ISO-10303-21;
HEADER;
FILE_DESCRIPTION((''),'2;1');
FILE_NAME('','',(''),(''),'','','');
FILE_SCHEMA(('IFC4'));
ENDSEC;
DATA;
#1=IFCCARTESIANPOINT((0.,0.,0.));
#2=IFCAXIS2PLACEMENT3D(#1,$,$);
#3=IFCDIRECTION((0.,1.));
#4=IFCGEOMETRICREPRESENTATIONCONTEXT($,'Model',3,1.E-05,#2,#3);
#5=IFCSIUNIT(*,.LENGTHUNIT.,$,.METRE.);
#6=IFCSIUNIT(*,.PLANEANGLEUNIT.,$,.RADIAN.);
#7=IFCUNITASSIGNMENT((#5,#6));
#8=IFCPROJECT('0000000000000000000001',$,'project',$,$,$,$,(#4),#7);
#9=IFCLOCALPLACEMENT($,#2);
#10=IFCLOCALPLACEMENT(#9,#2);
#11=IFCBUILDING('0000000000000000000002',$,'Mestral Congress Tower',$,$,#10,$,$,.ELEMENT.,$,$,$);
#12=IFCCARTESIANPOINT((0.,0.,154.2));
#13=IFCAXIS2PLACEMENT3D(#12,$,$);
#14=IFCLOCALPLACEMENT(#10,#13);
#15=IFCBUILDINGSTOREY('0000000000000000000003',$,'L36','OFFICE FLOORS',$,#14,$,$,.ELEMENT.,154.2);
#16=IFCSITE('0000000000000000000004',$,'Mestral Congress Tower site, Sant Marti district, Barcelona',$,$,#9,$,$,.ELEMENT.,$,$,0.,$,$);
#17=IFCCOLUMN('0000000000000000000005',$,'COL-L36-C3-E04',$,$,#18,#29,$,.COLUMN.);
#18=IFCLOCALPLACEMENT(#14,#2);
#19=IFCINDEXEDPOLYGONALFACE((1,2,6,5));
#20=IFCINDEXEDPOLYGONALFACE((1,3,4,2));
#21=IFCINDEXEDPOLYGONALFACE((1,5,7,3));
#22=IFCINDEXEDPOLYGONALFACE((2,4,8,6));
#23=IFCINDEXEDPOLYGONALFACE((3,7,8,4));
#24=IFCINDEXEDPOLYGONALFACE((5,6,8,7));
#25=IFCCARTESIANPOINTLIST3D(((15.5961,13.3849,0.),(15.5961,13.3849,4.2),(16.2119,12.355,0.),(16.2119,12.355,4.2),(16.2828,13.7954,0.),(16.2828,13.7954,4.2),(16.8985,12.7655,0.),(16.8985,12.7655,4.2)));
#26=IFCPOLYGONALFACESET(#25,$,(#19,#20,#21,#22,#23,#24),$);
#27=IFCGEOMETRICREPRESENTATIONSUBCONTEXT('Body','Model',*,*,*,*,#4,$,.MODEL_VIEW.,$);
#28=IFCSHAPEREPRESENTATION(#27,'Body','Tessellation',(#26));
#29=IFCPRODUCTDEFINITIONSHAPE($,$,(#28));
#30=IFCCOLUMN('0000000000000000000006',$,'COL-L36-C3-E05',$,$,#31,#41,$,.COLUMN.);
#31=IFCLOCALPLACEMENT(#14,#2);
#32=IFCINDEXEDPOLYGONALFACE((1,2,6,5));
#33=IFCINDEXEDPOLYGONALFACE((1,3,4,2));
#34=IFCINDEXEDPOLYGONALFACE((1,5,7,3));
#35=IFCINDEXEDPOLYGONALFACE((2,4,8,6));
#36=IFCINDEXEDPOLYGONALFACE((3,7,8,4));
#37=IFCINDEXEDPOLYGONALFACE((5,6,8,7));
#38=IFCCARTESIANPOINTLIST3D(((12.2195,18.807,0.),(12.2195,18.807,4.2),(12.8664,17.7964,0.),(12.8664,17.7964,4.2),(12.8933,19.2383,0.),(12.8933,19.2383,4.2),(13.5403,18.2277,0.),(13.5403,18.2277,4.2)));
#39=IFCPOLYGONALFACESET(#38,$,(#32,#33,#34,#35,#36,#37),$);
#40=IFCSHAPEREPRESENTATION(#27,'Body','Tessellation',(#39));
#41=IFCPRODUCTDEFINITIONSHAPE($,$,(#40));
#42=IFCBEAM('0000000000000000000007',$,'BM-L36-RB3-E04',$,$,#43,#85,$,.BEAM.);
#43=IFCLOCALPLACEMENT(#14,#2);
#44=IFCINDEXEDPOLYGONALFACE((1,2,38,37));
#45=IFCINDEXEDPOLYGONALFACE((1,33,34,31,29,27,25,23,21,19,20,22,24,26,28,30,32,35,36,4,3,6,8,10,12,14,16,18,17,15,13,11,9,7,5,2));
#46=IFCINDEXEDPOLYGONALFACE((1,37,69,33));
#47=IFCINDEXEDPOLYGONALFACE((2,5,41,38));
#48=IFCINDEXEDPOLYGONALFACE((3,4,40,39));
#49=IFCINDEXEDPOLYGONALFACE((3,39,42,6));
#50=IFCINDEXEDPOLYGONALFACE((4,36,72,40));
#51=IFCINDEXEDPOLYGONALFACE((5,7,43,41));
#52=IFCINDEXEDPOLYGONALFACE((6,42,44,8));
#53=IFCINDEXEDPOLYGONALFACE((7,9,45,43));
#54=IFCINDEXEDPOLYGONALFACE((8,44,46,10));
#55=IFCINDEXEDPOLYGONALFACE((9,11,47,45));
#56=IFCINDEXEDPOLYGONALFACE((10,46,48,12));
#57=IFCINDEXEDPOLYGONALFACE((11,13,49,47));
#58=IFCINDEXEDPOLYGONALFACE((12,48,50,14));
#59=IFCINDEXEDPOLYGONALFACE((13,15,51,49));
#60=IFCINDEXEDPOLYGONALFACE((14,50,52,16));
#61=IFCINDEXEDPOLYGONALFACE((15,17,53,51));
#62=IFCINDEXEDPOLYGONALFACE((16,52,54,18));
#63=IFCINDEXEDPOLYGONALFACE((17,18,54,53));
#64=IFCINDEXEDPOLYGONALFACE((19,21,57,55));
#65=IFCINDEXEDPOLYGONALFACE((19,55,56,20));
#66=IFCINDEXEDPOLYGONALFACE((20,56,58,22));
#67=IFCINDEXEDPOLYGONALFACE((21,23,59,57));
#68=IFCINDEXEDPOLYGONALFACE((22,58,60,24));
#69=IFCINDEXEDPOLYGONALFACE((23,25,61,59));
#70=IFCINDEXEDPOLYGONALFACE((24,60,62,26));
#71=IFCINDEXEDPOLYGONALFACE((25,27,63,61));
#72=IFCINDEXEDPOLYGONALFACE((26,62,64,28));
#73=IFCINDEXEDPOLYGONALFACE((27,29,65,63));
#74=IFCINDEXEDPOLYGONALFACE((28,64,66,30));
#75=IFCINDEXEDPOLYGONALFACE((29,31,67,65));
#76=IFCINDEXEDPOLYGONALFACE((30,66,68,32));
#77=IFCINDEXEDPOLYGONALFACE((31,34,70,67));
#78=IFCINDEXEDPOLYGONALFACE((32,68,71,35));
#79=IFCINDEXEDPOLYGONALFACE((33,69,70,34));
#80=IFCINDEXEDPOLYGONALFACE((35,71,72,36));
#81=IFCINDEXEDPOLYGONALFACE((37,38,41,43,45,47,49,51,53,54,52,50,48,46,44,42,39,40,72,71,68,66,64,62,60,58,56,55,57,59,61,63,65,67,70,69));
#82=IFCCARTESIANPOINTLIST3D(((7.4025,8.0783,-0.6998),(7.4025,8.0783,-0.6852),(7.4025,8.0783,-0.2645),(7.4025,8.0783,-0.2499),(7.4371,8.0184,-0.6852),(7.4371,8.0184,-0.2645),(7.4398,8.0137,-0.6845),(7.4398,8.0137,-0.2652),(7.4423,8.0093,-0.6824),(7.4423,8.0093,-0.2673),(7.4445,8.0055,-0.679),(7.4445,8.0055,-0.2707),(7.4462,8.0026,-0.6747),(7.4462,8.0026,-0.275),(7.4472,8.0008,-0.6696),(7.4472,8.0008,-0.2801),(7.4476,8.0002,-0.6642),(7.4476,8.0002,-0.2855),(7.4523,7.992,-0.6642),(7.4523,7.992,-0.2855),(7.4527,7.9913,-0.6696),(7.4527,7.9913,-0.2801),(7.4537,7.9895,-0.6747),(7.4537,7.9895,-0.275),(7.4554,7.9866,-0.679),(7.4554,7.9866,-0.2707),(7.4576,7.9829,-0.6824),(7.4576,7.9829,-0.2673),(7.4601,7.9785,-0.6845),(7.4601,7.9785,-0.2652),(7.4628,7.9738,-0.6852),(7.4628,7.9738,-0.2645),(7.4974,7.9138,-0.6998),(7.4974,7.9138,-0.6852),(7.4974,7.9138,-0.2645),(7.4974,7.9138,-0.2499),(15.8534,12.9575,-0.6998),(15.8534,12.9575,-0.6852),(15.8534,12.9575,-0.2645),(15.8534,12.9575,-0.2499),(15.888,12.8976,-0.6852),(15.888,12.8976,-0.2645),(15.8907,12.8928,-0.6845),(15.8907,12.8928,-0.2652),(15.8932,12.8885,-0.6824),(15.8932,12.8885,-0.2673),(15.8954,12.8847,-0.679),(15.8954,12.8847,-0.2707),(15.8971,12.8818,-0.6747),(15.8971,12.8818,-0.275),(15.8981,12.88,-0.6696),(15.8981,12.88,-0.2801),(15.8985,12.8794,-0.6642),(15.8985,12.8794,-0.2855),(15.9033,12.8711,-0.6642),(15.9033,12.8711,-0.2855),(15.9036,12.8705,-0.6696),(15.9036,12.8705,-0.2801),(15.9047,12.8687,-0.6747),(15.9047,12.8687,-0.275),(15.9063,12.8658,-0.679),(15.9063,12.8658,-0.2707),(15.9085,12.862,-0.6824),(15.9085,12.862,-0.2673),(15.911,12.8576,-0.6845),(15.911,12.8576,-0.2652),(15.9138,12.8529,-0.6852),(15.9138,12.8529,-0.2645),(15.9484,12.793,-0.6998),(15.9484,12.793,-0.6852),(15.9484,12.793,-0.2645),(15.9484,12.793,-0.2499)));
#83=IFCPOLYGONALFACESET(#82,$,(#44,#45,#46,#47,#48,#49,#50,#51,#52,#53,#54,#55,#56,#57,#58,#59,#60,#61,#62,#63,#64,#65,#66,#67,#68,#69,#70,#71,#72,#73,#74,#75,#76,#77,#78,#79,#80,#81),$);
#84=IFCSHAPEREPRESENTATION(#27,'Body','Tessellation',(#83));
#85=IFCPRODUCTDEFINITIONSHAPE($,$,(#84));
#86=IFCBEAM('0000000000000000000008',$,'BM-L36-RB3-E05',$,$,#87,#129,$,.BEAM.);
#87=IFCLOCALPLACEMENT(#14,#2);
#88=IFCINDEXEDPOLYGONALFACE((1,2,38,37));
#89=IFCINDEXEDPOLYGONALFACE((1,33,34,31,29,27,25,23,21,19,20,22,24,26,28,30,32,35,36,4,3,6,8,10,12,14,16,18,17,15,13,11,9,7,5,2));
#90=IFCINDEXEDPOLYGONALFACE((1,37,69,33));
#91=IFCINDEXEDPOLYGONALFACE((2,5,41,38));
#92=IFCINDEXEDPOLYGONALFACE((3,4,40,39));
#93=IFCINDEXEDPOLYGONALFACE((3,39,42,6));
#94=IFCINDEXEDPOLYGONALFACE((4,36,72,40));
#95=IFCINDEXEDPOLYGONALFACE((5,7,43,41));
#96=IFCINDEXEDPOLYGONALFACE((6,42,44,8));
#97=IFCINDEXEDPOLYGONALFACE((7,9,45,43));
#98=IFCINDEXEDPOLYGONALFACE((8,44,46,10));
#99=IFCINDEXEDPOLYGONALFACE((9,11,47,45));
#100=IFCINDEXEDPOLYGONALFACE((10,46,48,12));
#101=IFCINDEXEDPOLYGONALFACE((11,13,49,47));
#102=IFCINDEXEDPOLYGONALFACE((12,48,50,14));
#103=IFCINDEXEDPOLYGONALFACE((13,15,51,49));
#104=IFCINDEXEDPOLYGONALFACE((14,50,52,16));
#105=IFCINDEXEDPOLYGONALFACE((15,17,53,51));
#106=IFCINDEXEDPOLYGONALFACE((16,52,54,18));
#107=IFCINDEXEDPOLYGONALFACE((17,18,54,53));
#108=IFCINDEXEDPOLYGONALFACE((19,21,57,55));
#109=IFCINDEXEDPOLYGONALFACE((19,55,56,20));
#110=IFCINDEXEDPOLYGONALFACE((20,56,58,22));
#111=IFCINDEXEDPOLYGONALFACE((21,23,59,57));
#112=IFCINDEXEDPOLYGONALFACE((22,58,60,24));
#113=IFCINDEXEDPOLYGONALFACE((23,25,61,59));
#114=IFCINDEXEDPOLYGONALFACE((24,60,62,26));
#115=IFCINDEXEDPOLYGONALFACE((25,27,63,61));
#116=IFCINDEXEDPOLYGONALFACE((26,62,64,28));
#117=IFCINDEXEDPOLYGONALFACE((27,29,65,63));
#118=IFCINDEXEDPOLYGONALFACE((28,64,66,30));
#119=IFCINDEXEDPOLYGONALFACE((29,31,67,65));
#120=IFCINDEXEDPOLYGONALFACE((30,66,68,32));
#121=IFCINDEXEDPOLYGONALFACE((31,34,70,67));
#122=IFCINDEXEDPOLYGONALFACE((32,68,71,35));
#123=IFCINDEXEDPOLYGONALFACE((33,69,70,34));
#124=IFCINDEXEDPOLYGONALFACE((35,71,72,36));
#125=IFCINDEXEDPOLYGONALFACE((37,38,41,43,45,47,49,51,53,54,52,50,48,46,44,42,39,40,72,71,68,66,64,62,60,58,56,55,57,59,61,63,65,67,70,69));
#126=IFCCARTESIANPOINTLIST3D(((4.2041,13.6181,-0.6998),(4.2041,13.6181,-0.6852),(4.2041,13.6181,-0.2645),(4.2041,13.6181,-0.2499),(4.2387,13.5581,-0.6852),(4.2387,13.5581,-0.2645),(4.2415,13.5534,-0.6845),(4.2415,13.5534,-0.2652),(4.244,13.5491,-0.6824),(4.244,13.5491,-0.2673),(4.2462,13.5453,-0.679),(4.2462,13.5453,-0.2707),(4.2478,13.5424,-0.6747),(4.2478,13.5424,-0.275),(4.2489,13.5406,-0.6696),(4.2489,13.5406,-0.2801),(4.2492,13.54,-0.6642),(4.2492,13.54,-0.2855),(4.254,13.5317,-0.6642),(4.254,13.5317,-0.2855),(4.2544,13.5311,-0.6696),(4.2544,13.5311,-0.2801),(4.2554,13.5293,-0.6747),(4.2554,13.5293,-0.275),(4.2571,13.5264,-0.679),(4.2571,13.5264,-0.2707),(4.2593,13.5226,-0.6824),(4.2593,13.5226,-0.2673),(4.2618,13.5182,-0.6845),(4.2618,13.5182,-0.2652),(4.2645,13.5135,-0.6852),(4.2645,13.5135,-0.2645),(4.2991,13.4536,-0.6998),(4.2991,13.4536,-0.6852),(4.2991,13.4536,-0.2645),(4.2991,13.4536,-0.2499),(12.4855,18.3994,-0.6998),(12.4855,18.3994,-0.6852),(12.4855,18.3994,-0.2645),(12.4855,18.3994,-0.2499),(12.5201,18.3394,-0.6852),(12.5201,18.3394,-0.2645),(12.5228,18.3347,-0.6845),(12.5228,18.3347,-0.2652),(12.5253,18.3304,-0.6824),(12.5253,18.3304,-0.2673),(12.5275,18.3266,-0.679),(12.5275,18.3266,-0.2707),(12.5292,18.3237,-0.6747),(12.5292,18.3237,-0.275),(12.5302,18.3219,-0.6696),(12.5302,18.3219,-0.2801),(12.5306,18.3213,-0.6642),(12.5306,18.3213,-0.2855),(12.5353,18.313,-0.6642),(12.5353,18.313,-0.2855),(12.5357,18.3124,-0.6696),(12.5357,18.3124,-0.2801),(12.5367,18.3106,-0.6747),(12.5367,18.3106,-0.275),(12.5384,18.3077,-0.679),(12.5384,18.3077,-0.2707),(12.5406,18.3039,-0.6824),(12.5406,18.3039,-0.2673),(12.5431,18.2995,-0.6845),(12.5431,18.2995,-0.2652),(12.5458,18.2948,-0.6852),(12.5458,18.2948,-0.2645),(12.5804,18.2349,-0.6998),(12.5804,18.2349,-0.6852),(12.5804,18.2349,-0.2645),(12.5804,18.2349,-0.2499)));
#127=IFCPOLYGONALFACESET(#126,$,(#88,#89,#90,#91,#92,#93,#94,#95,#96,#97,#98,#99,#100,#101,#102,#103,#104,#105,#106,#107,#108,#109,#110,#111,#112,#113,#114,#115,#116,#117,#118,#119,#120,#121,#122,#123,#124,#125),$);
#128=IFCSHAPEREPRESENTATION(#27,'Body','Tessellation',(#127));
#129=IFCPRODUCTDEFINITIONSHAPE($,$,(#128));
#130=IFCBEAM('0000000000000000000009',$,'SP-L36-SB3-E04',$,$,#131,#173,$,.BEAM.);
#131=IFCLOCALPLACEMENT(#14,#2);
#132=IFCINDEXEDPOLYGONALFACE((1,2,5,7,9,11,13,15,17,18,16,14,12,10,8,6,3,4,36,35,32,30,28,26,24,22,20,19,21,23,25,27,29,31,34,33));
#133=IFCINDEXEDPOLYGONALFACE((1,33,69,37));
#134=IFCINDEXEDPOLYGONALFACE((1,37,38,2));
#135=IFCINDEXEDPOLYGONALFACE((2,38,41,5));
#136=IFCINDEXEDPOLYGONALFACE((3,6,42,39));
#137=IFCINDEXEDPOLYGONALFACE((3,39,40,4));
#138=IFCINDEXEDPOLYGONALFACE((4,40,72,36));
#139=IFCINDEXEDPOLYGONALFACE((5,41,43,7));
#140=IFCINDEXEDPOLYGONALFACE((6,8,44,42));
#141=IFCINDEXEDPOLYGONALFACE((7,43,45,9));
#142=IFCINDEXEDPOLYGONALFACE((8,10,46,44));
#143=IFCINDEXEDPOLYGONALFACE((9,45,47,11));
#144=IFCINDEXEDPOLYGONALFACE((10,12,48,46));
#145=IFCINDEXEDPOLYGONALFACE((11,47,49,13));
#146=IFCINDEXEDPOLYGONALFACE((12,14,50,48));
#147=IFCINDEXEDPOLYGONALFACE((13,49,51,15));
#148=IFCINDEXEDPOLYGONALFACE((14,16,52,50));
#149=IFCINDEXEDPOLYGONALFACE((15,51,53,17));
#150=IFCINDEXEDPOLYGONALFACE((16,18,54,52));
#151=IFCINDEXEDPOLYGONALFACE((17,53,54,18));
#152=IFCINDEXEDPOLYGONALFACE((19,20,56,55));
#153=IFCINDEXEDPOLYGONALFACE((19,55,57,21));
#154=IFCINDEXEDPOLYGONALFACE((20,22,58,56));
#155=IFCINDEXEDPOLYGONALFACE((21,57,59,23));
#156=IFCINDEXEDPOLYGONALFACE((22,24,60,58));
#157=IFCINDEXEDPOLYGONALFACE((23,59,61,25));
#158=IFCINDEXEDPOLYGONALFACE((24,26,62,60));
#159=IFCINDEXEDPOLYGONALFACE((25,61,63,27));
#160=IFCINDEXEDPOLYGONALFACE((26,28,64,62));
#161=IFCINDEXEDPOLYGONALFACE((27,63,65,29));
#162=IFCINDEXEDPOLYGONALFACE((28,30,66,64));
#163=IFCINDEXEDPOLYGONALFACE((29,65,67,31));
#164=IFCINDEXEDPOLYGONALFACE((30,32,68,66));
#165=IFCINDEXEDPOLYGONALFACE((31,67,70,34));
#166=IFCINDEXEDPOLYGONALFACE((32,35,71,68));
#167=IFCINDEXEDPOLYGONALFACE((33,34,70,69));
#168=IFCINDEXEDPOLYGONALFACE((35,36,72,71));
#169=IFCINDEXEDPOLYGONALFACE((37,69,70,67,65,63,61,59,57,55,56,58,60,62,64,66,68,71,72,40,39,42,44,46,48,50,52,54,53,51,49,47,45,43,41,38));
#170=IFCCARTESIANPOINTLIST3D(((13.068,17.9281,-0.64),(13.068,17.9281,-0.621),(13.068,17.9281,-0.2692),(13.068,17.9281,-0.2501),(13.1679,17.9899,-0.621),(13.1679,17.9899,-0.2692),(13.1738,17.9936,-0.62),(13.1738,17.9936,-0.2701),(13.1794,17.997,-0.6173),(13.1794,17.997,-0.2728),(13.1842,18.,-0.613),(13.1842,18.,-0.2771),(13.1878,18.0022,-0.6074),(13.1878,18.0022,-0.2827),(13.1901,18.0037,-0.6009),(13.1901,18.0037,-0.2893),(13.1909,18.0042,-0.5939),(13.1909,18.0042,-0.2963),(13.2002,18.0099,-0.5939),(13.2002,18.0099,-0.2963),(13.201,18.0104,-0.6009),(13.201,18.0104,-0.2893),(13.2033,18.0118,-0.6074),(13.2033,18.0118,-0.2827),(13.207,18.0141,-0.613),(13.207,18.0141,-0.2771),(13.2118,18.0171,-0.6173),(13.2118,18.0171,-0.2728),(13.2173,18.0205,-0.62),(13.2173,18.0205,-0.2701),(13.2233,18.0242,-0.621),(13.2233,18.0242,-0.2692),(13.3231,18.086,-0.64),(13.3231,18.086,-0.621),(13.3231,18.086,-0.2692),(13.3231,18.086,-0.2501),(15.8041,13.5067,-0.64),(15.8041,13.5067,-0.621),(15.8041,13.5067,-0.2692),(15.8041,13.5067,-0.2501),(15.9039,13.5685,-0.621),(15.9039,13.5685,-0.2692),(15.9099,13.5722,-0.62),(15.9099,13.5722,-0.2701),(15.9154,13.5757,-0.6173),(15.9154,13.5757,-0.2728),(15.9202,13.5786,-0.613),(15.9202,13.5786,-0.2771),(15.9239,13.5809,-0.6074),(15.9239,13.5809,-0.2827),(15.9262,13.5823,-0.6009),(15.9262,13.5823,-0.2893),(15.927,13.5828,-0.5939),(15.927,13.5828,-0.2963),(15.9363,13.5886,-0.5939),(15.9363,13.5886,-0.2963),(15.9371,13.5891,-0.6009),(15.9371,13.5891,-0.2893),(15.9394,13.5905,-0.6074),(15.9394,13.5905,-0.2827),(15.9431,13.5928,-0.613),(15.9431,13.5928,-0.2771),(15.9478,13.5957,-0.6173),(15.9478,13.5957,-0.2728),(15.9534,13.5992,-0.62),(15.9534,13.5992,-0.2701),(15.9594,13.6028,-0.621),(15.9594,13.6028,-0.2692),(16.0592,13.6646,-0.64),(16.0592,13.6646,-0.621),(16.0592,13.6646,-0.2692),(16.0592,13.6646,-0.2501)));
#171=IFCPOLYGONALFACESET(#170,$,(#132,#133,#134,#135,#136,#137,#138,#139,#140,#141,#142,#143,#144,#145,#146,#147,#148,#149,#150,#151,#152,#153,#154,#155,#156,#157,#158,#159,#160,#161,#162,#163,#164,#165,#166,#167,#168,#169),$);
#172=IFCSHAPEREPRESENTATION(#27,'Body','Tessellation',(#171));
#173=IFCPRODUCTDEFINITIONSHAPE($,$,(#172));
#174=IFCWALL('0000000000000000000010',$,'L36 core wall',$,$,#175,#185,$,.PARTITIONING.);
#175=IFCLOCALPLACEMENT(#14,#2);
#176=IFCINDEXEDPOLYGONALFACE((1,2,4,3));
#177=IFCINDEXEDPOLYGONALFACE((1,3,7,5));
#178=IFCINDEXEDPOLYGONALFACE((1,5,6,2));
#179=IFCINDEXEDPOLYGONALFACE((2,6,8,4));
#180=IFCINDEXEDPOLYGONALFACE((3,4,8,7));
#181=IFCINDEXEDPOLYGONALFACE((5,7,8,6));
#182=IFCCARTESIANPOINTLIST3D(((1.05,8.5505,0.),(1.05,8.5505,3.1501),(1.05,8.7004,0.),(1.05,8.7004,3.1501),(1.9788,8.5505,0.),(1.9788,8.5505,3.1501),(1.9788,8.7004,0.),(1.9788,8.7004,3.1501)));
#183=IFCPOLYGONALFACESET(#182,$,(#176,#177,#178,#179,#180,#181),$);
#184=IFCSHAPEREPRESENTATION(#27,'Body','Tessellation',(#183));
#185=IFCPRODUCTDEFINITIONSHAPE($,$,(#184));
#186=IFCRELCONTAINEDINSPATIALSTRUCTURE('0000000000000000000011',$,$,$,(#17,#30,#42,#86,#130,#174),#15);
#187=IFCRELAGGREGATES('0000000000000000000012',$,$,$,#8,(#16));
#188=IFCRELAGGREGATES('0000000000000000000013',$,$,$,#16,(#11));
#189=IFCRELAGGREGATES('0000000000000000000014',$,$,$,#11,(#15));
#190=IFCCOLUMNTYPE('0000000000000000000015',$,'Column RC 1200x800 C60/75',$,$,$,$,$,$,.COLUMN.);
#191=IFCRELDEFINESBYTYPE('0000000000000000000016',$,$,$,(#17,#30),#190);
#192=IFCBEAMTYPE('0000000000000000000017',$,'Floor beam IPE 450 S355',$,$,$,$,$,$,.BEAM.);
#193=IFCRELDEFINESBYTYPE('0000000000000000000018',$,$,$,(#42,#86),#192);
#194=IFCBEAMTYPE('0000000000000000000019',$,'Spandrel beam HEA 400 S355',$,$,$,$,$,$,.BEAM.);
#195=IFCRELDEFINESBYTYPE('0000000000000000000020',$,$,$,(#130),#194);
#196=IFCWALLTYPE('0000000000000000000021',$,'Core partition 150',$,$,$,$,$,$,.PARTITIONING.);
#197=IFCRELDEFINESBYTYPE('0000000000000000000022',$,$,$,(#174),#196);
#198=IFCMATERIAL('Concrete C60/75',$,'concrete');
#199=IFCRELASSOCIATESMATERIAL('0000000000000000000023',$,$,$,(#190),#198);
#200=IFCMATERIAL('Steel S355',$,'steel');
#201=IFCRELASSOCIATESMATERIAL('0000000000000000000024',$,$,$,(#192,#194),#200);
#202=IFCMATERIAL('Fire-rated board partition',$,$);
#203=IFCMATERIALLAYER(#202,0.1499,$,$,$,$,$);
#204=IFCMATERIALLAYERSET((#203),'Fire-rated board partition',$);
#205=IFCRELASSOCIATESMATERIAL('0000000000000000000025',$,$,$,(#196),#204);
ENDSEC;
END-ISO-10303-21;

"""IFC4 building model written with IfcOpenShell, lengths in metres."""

from ifc_helpers import new_model, si_unit, direction, frame, frame_2d, origin, origin_2d, place, context, subcontext, project, spatial, rectangle, i_section, extrude, material, layer, layer_set, material_profile, profile_set, type_object, element, save


model = new_model("IFC4")

# Units and contexts
model_context = context("Model", 3, precision=1e-05, world=origin(), true_north=direction((0.0, 1.0)))
body_context = subcontext(model_context, "Body", "Model", "MODEL_VIEW")
ifc_project = project(units=[si_unit("LENGTHUNIT", "METRE"), si_unit("PLANEANGLEUNIT", "RADIAN")], contexts=[model_context])

# Site, building, storey
site_placement = place(None, origin())
site = spatial("IfcSite", under=ifc_project, at=site_placement, Name="Mestral Congress Tower site, Sant Marti district, Barcelona", CompositionType="ELEMENT", RefElevation=0.0)
building_placement = place(site_placement, origin())
building = spatial("IfcBuilding", under=site, at=building_placement, Name="Mestral Congress Tower", CompositionType="ELEMENT")
storey_placement = place(building_placement, frame((0.0, 0.0, 154.2)))
storey = spatial("IfcBuildingStorey", under=building, at=storey_placement, Name="L36", Description="OFFICE FLOORS", CompositionType="ELEMENT", Elevation=154.2)

# Columns
ifc_material_1 = material(Name="Concrete C60/75", Category="concrete")
ifc_material_profile_1 = material_profile(ifc_material_1, rectangle(XDim=1.2, YDim=0.8, at=origin_2d()), Name="RC 1200x800")
ifc_profile_set_1 = profile_set([ifc_material_profile_1], Name="Concrete C60/75")
column_type = type_object("IfcColumnType", Name="Column RC 1200x800 C60/75", PredefinedType="COLUMN", material=ifc_profile_set_1)
for number, where, z_axis, x_axis, name in (
    (1, (16.2473, 13.0752, 0.0), (0.0, 0.0, 1.0), (-0.513159, 0.858293, 0.0), "COL-L36-C3-E04"),
    (2, (12.8799, 18.5173, 0.0), (0.0, 0.0, 1.0), (-0.539115, 0.842232, 0.0), "COL-L36-C3-E05"),
):
    element("IfcColumn", number, at=place(storey_placement, frame(where, z_axis=z_axis, x_axis=x_axis)), inside=storey, type_object=column_type, Name=name, PredefinedType="COLUMN", context=body_context, shape_type="SweptSolid", body=[
        extrude(rectangle(XDim=1.2, YDim=0.8, at=origin_2d()), origin(), (0.0, 0.0, 1.0), 4.2),
    ])

# Beams
ifc_material_2 = material(Name="Steel S355", Category="steel")
ifc_material_profile_2 = material_profile(ifc_material_2, i_section(OverallWidth=0.1899, OverallDepth=0.45, WebThickness=0.0095, FlangeThickness=0.0146, FilletRadius=0.021, at=origin_2d()), Name="IPE 450")
ifc_profile_set_2 = profile_set([ifc_material_profile_2], Name="Steel S355")
beam_type_1 = type_object("IfcBeamType", Name="Floor beam IPE 450 S355", PredefinedType="BEAM", material=ifc_profile_set_2)
beam_1_placement = place(storey_placement, frame((15.9009, 12.8752, -0.4749), z_axis=(-0.866025, -0.5, 0.0), x_axis=(0.5, -0.866025, 0.0)))
element("IfcBeam", 3, at=beam_1_placement, inside=storey, type_object=beam_type_1, Name="BM-L36-RB3-E04", PredefinedType="BEAM", context=body_context, shape_type="SweptSolid", body=[
    extrude(i_section(OverallWidth=0.1899, OverallDepth=0.45, WebThickness=0.0095, FlangeThickness=0.0146, FilletRadius=0.021, at=origin_2d()), origin(), (0.0, 0.0, 1.0), 9.7583),
])
beam_2_placement = place(storey_placement, frame((12.533, 18.3171, -0.4749), z_axis=(-0.866022, -0.500005, 0.0), x_axis=(0.500005, -0.866022, 0.0)))
element("IfcBeam", 4, at=beam_2_placement, inside=storey, type_object=beam_type_1, Name="BM-L36-RB3-E05", PredefinedType="BEAM", context=body_context, shape_type="SweptSolid", body=[
    extrude(i_section(OverallWidth=0.1899, OverallDepth=0.45, WebThickness=0.0095, FlangeThickness=0.0146, FilletRadius=0.021, at=origin_2d()), origin(), (0.0, 0.0, 1.0), 9.5625),
])
ifc_material_profile_3 = material_profile(ifc_material_2, i_section(OverallWidth=0.3, OverallDepth=0.3899, WebThickness=0.011, FlangeThickness=0.019, FilletRadius=0.0271, at=origin_2d()), Name="HEA 400")
ifc_profile_set_3 = profile_set([ifc_material_profile_3], Name="Steel S355")
beam_type_2 = type_object("IfcBeamType", Name="Spandrel beam HEA 400 S355", PredefinedType="BEAM", material=ifc_profile_set_3)
beam_3_placement = place(storey_placement, frame((15.9316, 13.5857, -0.4451), z_axis=(-0.52622, 0.850348, 0.0), x_axis=(-0.850348, -0.52622, 0.0)))
element("IfcBeam", 5, at=beam_3_placement, inside=storey, type_object=beam_type_2, Name="SP-L36-SB3-E04", PredefinedType="BEAM", context=body_context, shape_type="SweptSolid", body=[
    extrude(i_section(OverallWidth=0.3, OverallDepth=0.3899, WebThickness=0.011, FlangeThickness=0.019, FilletRadius=0.0271, at=origin_2d()), origin(), (0.0, 0.0, 1.0), 5.1995),
])

# Wall
ifc_material_3 = material(Name="Fire-rated board partition")
ifc_layer_1 = layer(ifc_material_3, 0.1499)
ifc_layer_set_1 = layer_set([ifc_layer_1], Name="Fire-rated board partition")
wall_type_1 = type_object("IfcWallType", Name="Core partition 150", PredefinedType="PARTITIONING", material=ifc_layer_set_1)
wall_1_placement = place(storey_placement, frame((1.05, 8.6255, 0.0), z_axis=(0.0, 0.0, 1.0), x_axis=(1.0, 0.0, 0.0)))
element("IfcWall", 6, at=wall_1_placement, inside=storey, type_object=wall_type_1, Name="L36 core wall", PredefinedType="PARTITIONING", context=body_context, shape_type="SweptSolid", body=[
    extrude(rectangle(XDim=0.9287, YDim=0.1499, at=frame_2d((0.4644, 0.0))), origin(), (0.0, 0.0, 1.0), 3.1501),
])

save(model, "model.ifc")
